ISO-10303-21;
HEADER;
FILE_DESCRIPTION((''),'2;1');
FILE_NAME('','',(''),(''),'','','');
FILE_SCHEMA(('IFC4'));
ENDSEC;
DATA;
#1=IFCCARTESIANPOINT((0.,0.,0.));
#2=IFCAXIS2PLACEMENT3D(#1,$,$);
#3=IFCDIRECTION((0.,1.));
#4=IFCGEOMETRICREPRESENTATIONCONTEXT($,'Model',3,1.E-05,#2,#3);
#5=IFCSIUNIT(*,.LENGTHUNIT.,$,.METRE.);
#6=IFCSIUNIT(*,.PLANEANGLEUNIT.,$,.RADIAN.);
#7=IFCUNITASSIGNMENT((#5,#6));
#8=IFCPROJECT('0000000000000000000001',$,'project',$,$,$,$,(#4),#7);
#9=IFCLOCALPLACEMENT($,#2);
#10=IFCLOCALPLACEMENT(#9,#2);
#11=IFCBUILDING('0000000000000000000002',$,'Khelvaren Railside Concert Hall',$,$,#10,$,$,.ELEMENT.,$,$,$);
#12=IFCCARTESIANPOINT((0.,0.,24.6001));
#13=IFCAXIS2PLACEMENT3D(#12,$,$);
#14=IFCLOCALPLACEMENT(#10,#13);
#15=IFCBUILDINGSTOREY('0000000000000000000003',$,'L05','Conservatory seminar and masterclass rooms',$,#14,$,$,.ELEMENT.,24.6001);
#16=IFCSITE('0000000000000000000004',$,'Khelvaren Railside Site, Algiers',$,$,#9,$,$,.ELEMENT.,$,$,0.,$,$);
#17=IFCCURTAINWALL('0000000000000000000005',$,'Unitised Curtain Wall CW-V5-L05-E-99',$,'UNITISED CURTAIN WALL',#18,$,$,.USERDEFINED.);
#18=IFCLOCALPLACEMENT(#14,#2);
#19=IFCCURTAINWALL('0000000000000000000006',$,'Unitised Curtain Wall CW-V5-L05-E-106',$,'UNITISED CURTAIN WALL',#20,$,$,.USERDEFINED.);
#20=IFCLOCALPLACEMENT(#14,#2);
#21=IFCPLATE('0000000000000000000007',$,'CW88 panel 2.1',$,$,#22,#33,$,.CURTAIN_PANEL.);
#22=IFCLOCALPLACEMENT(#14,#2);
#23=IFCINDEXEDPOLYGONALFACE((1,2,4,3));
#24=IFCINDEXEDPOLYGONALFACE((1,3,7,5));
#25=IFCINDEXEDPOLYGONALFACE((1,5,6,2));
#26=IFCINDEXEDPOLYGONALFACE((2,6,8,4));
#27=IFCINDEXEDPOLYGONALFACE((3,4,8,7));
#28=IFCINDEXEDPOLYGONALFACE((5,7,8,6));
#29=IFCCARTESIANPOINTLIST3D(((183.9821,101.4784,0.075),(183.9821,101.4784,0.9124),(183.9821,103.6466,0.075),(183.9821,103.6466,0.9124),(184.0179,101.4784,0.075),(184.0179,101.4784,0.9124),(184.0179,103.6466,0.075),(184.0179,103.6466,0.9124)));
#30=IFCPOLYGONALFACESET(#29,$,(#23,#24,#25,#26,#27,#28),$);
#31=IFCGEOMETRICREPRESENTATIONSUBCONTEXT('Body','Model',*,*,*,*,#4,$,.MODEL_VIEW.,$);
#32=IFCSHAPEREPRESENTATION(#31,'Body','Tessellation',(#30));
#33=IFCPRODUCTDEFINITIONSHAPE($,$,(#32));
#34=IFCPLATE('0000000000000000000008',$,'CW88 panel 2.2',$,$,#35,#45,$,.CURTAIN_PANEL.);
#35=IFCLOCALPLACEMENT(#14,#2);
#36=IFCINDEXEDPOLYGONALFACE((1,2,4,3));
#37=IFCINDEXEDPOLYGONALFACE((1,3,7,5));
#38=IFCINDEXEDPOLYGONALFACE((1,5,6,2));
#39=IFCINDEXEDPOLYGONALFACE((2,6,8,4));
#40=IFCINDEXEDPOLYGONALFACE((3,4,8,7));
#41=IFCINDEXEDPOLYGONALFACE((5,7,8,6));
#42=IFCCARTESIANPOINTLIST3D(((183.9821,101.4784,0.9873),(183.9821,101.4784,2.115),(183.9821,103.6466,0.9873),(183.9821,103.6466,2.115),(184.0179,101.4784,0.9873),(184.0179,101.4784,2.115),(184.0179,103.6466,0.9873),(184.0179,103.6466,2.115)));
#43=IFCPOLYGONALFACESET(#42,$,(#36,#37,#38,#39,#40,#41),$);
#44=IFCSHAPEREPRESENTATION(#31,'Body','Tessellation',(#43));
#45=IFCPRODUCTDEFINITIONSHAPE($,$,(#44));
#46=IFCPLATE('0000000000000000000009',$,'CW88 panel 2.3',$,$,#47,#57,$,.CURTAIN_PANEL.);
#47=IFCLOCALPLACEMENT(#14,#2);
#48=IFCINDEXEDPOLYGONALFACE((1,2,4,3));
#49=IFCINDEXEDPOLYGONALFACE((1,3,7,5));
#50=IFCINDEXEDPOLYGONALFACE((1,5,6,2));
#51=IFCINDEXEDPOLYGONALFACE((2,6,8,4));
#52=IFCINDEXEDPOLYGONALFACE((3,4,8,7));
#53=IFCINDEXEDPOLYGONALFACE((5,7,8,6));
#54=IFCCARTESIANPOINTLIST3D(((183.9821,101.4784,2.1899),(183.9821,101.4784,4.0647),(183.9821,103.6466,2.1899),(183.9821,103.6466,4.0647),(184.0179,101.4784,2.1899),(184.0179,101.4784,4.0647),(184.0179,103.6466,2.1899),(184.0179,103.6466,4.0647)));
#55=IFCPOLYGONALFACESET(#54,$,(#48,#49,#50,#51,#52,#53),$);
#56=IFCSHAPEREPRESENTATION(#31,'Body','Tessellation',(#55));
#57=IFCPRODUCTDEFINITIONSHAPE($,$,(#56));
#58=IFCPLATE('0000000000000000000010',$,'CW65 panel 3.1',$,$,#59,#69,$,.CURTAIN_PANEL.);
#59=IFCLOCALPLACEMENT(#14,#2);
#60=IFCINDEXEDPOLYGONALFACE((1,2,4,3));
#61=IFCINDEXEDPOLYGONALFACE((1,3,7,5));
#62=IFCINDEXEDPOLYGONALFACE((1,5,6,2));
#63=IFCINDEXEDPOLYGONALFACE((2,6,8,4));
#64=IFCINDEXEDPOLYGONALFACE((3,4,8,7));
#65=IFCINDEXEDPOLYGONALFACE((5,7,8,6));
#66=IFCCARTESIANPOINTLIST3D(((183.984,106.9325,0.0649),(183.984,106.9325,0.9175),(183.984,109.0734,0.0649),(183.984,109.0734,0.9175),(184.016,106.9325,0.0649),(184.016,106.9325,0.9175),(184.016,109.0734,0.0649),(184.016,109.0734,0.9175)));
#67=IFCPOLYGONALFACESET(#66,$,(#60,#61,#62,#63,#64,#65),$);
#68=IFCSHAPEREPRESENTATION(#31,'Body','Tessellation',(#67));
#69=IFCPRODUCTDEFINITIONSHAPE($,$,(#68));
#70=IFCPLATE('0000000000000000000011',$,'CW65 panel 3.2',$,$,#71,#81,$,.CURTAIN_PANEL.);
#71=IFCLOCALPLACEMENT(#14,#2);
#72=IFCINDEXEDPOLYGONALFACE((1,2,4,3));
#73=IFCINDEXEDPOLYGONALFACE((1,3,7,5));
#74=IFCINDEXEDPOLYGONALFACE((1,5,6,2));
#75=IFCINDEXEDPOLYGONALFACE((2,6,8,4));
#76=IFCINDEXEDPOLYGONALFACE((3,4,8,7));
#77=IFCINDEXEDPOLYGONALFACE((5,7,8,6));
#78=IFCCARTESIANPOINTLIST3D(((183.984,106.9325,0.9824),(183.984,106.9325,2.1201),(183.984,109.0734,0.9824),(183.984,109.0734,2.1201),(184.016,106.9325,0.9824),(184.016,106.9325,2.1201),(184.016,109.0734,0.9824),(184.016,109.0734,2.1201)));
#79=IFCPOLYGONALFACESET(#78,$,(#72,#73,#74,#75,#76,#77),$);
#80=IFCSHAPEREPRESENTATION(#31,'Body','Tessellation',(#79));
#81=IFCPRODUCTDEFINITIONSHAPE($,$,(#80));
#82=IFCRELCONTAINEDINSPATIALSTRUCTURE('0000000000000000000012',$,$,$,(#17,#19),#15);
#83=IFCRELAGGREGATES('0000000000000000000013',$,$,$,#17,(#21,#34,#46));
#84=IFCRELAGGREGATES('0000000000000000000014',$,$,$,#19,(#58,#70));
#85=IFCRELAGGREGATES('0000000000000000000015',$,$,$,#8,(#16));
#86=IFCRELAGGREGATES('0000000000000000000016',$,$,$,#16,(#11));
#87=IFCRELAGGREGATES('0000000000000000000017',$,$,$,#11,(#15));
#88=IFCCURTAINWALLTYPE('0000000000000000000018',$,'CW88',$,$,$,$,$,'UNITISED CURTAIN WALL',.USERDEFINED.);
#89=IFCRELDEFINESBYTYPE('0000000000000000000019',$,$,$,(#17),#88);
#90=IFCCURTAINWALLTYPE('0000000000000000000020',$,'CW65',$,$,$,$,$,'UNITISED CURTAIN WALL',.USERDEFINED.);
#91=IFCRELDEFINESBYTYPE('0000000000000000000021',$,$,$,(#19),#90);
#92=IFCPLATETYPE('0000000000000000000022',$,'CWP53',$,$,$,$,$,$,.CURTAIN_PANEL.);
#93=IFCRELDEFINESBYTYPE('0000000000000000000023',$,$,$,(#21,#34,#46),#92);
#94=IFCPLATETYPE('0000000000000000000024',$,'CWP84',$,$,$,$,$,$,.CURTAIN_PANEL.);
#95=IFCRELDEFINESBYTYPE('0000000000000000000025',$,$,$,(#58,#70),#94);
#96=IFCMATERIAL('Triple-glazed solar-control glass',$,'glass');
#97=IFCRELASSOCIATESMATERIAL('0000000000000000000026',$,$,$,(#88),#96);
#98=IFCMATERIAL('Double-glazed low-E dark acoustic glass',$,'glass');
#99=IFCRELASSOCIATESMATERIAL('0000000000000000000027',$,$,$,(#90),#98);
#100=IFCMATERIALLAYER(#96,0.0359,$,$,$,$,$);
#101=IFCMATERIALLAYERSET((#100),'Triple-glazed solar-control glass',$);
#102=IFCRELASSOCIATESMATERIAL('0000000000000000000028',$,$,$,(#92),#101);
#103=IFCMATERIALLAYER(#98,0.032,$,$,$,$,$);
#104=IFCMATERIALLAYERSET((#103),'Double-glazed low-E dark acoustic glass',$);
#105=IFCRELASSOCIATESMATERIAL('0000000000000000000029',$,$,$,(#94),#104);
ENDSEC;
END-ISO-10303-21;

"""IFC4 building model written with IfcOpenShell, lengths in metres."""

from ifc_helpers import new_model, si_unit, direction, frame, origin, origin_2d, place, context, subcontext, project, spatial, rectangle, extrude, material, layer, layer_set, type_object, element, aggregate, save


model = new_model("IFC4")

# Units and contexts
model_context = context("Model", 3, precision=1e-05, world=origin(), true_north=direction((0.0, 1.0)))
body_context = subcontext(model_context, "Body", "Model", "MODEL_VIEW")
ifc_project = project(units=[si_unit("LENGTHUNIT", "METRE"), si_unit("PLANEANGLEUNIT", "RADIAN")], contexts=[model_context])

# Site, building, storey
site_placement = place(None, origin())
site = spatial("IfcSite", under=ifc_project, at=site_placement, Name="Khelvaren Railside Site, Algiers", CompositionType="ELEMENT", RefElevation=0.0)
building_placement = place(site_placement, origin())
building = spatial("IfcBuilding", under=site, at=building_placement, Name="Khelvaren Railside Concert Hall", CompositionType="ELEMENT")
storey_placement = place(building_placement, frame((0.0, 0.0, 24.6001)))
storey = spatial("IfcBuildingStorey", under=building, at=storey_placement, Name="L05", Description="Conservatory seminar and masterclass rooms", CompositionType="ELEMENT", Elevation=24.6001)

# Curtain wall
ifc_material_1 = material(Name="Triple-glazed solar-control glass", Category="glass")
curtain_wall_type_1 = type_object("IfcCurtainWallType", Name="CW88", ElementType="UNITISED CURTAIN WALL", PredefinedType="USERDEFINED", material=ifc_material_1)
curtain_wall_1_placement = place(storey_placement, origin())
curtain_wall_1 = element("IfcCurtainWall", 1, at=curtain_wall_1_placement, inside=storey, type_object=curtain_wall_type_1, Name="Unitised Curtain Wall CW-V5-L05-E-99", ObjectType="UNITISED CURTAIN WALL", PredefinedType="USERDEFINED")

# Curtain wall
ifc_material_2 = material(Name="Double-glazed low-E dark acoustic glass", Category="glass")
curtain_wall_type_2 = type_object("IfcCurtainWallType", Name="CW65", ElementType="UNITISED CURTAIN WALL", PredefinedType="USERDEFINED", material=ifc_material_2)
curtain_wall_2_placement = place(storey_placement, origin())
curtain_wall_2 = element("IfcCurtainWall", 2, at=curtain_wall_2_placement, inside=storey, type_object=curtain_wall_type_2, Name="Unitised Curtain Wall CW-V5-L05-E-106", ObjectType="UNITISED CURTAIN WALL", PredefinedType="USERDEFINED")

# Plates
ifc_layer_1 = layer(ifc_material_1, 0.0359)
ifc_layer_set_1 = layer_set([ifc_layer_1], Name="Triple-glazed solar-control glass")
plate_type_1 = type_object("IfcPlateType", Name="CWP53", PredefinedType="CURTAIN_PANEL", material=ifc_layer_set_1)
plate_1_placement = place(storey_placement, frame((184.0, 102.5625, 0.075), z_axis=(0.0, 0.0, 1.0), x_axis=(0.0, -1.0, 0.0)))
plate_1 = element("IfcPlate", 3, at=plate_1_placement, type_object=plate_type_1, Name="CW88 panel 2.1", PredefinedType="CURTAIN_PANEL", context=body_context, shape_type="SweptSolid", body=[
    extrude(rectangle(XDim=2.1682, YDim=0.0359, at=origin_2d()), origin(), (0.0, 0.0, 1.0), 0.8374),
])
plate_2_placement = place(storey_placement, frame((184.0, 102.5625, 0.9873), z_axis=(0.0, 0.0, 1.0), x_axis=(0.0, -1.0, 0.0)))
plate_2 = element("IfcPlate", 4, at=plate_2_placement, type_object=plate_type_1, Name="CW88 panel 2.2", PredefinedType="CURTAIN_PANEL", context=body_context, shape_type="SweptSolid", body=[
    extrude(rectangle(XDim=2.1682, YDim=0.0359, at=origin_2d()), origin(), (0.0, 0.0, 1.0), 1.1277),
])
plate_3_placement = place(storey_placement, frame((184.0, 102.5625, 2.1899), z_axis=(0.0, 0.0, 1.0), x_axis=(0.0, -1.0, 0.0)))
plate_3 = element("IfcPlate", 5, at=plate_3_placement, type_object=plate_type_1, Name="CW88 panel 2.3", PredefinedType="CURTAIN_PANEL", context=body_context, shape_type="SweptSolid", body=[
    extrude(rectangle(XDim=2.1682, YDim=0.0359, at=origin_2d()), origin(), (0.0, 0.0, 1.0), 1.8748),
])
aggregate(curtain_wall_1, [plate_1, plate_2, plate_3])
ifc_layer_2 = layer(ifc_material_2, 0.032)
ifc_layer_set_2 = layer_set([ifc_layer_2], Name="Double-glazed low-E dark acoustic glass")
plate_type_2 = type_object("IfcPlateType", Name="CWP84", PredefinedType="CURTAIN_PANEL", material=ifc_layer_set_2)
plate_4_placement = place(storey_placement, frame((184.0, 108.0029, 0.0649), z_axis=(0.0, 0.0, 1.0), x_axis=(0.0, -1.0, 0.0)))
plate_4 = element("IfcPlate", 6, at=plate_4_placement, type_object=plate_type_2, Name="CW65 panel 3.1", PredefinedType="CURTAIN_PANEL", context=body_context, shape_type="SweptSolid", body=[
    extrude(rectangle(XDim=2.1409, YDim=0.032, at=origin_2d()), origin(), (0.0, 0.0, 1.0), 0.8525),
])
plate_5_placement = place(storey_placement, frame((184.0, 108.0029, 0.9824), z_axis=(0.0, 0.0, 1.0), x_axis=(0.0, -1.0, 0.0)))
plate_5 = element("IfcPlate", 7, at=plate_5_placement, type_object=plate_type_2, Name="CW65 panel 3.2", PredefinedType="CURTAIN_PANEL", context=body_context, shape_type="SweptSolid", body=[
    extrude(rectangle(XDim=2.1409, YDim=0.032, at=origin_2d()), origin(), (0.0, 0.0, 1.0), 1.1377),
])
aggregate(curtain_wall_2, [plate_4, plate_5])

save(model, "model.ifc")
